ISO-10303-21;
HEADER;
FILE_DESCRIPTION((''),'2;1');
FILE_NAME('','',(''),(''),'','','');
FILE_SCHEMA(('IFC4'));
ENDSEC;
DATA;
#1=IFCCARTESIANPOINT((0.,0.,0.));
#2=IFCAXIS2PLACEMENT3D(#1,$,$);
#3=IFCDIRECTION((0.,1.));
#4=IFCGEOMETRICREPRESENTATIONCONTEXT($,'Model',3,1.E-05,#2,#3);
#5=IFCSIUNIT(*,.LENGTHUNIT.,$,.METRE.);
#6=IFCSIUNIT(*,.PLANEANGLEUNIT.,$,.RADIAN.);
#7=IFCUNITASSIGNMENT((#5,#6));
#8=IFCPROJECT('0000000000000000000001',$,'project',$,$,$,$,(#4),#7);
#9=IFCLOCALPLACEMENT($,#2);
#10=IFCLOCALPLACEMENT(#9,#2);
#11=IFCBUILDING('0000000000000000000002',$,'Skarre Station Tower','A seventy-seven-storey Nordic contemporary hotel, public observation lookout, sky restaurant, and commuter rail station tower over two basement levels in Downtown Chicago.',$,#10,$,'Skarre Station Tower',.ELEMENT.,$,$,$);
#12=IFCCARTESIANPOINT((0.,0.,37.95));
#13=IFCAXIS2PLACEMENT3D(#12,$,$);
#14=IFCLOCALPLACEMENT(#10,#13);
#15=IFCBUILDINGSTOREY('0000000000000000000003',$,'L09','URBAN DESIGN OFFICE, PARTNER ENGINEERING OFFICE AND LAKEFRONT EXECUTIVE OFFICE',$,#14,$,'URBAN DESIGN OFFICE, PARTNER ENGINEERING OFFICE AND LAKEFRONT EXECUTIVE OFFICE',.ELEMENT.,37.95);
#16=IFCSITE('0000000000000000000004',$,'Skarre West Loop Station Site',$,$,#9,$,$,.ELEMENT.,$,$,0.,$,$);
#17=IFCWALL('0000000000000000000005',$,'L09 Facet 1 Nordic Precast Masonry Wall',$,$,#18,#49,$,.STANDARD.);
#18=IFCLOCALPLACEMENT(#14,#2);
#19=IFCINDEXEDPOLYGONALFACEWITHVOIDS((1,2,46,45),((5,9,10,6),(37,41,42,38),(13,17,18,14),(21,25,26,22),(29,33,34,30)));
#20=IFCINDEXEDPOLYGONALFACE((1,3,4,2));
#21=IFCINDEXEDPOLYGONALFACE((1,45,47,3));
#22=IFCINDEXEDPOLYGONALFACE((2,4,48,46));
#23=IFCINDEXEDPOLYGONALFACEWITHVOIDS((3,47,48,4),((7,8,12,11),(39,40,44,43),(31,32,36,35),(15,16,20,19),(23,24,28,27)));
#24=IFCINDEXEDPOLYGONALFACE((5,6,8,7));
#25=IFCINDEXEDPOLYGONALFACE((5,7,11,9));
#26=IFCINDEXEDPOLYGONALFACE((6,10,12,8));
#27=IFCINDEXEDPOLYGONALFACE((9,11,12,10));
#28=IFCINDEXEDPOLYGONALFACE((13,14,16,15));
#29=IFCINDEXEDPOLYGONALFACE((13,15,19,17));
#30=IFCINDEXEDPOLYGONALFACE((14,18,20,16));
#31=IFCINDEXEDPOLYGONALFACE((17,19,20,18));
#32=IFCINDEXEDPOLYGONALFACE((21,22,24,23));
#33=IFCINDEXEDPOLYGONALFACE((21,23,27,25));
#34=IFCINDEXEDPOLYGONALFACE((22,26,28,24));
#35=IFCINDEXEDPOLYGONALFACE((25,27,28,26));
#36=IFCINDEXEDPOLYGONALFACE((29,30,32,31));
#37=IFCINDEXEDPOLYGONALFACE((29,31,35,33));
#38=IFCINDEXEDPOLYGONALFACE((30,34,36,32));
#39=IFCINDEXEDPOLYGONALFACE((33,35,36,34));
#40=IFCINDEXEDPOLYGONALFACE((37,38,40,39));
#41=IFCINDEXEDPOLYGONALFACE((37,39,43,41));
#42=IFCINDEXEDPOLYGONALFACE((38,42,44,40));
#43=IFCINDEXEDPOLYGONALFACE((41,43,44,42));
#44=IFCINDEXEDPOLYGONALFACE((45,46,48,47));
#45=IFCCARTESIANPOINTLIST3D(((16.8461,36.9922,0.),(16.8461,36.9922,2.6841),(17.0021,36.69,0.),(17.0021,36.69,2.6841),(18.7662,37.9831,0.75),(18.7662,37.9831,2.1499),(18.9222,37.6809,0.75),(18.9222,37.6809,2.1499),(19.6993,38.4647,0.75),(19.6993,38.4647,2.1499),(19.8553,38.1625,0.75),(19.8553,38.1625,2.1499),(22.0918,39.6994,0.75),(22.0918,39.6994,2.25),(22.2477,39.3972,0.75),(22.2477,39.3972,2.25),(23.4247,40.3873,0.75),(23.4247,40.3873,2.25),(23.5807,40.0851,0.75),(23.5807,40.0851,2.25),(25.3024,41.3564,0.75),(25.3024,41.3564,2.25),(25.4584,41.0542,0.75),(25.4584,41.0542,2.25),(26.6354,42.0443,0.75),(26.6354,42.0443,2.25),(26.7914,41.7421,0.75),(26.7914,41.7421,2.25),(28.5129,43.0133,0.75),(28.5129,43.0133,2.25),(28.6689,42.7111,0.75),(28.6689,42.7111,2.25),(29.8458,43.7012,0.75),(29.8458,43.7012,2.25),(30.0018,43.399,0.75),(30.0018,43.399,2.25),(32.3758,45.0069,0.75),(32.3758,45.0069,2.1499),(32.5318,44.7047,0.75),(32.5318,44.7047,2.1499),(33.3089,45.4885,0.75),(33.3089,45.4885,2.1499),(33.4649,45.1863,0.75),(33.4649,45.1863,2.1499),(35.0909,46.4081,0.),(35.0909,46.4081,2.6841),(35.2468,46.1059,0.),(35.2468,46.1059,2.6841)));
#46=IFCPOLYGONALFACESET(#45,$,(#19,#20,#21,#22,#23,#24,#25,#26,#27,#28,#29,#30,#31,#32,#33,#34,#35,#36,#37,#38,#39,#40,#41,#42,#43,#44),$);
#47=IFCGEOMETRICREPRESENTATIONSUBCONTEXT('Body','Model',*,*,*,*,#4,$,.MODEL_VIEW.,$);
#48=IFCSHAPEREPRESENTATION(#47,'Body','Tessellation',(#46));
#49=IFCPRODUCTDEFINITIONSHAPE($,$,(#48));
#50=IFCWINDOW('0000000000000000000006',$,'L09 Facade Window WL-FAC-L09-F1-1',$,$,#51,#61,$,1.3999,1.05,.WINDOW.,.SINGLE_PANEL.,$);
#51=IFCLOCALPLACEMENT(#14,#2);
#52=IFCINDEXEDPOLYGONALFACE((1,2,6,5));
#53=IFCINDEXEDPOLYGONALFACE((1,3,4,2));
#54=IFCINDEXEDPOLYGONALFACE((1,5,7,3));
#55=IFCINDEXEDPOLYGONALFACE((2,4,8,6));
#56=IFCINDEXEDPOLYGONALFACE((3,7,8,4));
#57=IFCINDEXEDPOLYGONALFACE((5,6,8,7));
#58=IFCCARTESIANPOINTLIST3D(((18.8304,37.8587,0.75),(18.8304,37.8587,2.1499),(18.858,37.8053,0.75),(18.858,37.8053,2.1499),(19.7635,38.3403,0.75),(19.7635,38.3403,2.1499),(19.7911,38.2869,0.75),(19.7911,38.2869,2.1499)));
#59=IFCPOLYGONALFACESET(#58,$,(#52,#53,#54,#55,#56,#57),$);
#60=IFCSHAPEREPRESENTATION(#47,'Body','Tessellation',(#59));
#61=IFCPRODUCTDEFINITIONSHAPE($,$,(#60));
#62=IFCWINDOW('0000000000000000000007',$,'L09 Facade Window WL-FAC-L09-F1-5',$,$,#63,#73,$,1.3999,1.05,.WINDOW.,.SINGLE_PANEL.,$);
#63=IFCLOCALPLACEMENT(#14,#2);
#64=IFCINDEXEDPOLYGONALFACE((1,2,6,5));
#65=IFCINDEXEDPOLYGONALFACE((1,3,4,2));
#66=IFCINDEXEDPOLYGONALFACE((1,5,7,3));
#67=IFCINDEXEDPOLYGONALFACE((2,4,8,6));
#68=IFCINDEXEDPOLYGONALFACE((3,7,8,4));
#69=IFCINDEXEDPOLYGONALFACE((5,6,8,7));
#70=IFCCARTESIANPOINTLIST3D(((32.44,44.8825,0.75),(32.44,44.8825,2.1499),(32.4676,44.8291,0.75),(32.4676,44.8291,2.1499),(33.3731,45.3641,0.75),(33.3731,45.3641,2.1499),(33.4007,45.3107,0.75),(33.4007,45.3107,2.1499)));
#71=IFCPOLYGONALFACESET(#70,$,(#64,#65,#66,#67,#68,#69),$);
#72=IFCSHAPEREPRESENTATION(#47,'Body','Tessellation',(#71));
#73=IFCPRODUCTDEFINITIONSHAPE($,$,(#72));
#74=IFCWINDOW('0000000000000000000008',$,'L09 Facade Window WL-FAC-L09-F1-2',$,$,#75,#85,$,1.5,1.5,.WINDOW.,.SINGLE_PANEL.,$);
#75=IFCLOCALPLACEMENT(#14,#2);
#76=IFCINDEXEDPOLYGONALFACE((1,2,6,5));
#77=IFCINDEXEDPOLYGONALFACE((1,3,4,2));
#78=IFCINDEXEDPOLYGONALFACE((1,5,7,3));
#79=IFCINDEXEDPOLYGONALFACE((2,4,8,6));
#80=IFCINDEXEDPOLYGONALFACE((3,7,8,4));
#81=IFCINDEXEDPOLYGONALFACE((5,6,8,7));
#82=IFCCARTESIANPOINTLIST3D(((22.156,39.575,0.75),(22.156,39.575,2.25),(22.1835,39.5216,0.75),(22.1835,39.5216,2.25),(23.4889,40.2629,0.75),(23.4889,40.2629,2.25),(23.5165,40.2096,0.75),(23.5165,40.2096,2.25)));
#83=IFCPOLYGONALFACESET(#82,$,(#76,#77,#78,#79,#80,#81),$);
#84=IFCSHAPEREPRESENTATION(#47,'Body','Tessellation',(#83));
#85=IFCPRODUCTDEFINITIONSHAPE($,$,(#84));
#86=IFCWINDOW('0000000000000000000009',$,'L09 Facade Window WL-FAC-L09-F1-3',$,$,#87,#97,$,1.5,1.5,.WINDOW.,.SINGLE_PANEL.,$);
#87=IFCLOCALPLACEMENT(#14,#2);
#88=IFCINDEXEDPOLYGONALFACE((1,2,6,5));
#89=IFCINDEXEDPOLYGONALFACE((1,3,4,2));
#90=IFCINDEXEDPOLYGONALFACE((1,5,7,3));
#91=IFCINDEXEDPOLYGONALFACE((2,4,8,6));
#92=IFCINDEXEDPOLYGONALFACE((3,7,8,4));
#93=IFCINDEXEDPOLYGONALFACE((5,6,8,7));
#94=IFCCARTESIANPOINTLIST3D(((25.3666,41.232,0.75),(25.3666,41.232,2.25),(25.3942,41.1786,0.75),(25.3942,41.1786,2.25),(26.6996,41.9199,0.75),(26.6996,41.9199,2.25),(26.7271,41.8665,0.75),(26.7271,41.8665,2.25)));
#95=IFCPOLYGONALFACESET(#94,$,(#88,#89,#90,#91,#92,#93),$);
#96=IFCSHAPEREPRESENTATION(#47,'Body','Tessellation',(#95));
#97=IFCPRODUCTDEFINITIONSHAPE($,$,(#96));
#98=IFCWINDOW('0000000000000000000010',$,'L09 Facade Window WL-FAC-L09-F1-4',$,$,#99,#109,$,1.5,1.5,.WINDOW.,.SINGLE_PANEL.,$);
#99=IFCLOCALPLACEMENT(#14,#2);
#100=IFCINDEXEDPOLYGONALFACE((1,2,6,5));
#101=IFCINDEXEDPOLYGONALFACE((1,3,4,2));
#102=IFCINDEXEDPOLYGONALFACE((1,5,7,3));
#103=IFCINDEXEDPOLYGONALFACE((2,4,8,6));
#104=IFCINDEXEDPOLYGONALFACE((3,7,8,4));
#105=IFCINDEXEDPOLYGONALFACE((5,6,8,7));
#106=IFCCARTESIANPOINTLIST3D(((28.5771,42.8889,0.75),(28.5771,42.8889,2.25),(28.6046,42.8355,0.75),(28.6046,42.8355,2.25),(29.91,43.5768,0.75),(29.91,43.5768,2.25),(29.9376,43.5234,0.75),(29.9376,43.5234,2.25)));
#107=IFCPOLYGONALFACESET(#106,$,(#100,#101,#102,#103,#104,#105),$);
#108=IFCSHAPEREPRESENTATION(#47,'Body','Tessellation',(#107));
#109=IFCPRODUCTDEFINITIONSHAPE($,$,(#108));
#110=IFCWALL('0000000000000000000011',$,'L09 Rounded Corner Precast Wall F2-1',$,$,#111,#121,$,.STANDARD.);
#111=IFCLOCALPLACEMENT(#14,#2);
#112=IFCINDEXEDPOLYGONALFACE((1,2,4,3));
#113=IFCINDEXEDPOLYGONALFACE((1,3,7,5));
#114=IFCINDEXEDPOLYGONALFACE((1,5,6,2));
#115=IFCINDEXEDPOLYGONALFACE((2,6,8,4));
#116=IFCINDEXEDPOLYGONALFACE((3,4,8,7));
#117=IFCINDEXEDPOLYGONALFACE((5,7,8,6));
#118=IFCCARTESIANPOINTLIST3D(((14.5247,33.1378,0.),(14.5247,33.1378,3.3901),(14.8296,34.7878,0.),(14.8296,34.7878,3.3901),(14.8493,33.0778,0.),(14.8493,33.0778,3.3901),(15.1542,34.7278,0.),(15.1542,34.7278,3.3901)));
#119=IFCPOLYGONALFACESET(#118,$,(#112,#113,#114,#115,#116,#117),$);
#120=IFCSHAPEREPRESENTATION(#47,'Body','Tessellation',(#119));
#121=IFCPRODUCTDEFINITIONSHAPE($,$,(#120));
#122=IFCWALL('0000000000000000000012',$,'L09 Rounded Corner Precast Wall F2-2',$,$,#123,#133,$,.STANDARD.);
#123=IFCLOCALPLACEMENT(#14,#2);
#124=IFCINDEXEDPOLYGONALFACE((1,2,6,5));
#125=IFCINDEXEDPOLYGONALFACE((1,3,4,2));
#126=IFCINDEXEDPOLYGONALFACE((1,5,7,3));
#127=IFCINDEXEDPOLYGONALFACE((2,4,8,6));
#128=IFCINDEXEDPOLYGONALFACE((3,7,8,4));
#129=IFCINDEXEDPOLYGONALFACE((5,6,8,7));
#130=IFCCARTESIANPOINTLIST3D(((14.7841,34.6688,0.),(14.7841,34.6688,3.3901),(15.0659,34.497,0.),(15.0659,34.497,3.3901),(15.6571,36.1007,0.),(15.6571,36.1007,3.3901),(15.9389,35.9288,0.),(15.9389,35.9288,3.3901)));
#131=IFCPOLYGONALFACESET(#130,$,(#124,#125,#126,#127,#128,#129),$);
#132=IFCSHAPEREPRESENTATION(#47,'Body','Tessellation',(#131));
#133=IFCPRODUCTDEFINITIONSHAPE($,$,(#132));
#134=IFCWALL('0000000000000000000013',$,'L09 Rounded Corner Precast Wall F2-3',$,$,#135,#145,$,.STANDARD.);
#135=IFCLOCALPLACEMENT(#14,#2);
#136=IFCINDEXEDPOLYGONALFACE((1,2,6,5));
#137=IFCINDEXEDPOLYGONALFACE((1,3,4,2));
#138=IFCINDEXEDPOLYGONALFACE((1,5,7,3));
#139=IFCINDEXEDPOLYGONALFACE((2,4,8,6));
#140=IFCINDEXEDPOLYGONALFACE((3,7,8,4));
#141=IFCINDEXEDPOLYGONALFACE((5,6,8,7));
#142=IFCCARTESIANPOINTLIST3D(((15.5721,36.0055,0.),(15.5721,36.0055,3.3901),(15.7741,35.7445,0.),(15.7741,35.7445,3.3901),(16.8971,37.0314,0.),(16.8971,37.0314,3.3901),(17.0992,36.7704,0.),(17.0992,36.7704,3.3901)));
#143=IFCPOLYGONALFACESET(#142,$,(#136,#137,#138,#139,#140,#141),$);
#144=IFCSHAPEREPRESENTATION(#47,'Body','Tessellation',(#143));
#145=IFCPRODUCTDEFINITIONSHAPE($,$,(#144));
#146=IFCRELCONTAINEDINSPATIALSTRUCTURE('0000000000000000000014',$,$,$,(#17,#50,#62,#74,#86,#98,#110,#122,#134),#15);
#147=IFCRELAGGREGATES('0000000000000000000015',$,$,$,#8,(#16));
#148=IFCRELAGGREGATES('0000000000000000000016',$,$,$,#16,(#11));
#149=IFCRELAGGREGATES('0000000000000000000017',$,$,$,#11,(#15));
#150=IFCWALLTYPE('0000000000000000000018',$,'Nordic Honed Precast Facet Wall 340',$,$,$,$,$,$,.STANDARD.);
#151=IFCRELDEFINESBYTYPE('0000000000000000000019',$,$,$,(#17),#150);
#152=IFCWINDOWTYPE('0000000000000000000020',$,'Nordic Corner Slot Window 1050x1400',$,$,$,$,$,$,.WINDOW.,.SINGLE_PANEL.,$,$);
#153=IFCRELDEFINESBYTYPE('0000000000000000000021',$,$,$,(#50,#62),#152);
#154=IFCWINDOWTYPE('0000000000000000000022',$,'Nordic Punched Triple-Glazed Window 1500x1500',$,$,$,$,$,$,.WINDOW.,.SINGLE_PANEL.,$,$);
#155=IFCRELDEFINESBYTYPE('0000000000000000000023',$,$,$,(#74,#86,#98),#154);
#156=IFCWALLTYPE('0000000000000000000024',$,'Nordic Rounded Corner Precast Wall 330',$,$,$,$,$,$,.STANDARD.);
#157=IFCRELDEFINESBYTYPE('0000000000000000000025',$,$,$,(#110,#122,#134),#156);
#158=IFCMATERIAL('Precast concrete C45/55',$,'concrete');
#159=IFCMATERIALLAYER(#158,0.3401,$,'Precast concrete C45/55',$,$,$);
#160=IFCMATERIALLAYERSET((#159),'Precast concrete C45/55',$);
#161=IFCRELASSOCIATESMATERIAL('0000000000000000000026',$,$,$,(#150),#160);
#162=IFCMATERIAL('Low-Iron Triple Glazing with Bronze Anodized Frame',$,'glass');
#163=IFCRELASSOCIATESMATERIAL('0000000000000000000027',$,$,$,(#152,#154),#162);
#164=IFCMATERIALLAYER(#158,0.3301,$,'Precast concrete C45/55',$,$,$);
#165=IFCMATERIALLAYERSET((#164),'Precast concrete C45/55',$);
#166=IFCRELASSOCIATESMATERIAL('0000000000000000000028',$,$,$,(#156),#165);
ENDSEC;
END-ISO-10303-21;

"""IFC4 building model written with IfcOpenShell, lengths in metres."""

from ifc_helpers import new_model, si_unit, direction, frame, frame_2d, origin, place, context, subcontext, project, spatial, rectangle, extrude, material, layer, layer_set, type_object, element, fill, save


model = new_model("IFC4")

# Units and contexts
model_context = context("Model", 3, precision=1e-05, world=origin(), true_north=direction((0.0, 1.0)))
body_context = subcontext(model_context, "Body", "Model", "MODEL_VIEW")
ifc_project = project(units=[si_unit("LENGTHUNIT", "METRE"), si_unit("PLANEANGLEUNIT", "RADIAN")], contexts=[model_context])

# Site, building, storey
site_placement = place(None, origin())
site = spatial("IfcSite", under=ifc_project, at=site_placement, Name="Skarre West Loop Station Site", CompositionType="ELEMENT", RefElevation=0.0)
building_placement = place(site_placement, origin())
building = spatial("IfcBuilding", under=site, at=building_placement, Name="Skarre Station Tower", Description="A seventy-seven-storey Nordic contemporary hotel, public observation lookout, sky restaurant, and commuter rail station tower over two basement levels in Downtown Chicago.", LongName="Skarre Station Tower", CompositionType="ELEMENT")
storey_placement = place(building_placement, frame((0.0, 0.0, 37.95)))
storey = spatial("IfcBuildingStorey", under=building, at=storey_placement, Name="L09", Description="URBAN DESIGN OFFICE, PARTNER ENGINEERING OFFICE AND LAKEFRONT EXECUTIVE OFFICE", LongName="URBAN DESIGN OFFICE, PARTNER ENGINEERING OFFICE AND LAKEFRONT EXECUTIVE OFFICE", CompositionType="ELEMENT", Elevation=37.95)

# Wall, openings, windows
ifc_material_1 = material(Name="Precast concrete C45/55", Category="concrete")
ifc_layer_1 = layer(ifc_material_1, 0.3401, Name="Precast concrete C45/55")
ifc_layer_set_1 = layer_set([ifc_layer_1], Name="Precast concrete C45/55")
wall_type_1 = type_object("IfcWallType", Name="Nordic Honed Precast Facet Wall 340", PredefinedType="STANDARD", material=ifc_layer_set_1)
wall_1_placement = place(storey_placement, frame((16.9241, 36.8411, 0.0), z_axis=(0.0, 0.0, 1.0), x_axis=(0.888634, 0.458616, 0.0)))
wall_1 = element("IfcWall", 1, at=wall_1_placement, inside=storey, type_object=wall_type_1, Name="L09 Facet 1 Nordic Precast Masonry Wall", PredefinedType="STANDARD", context=body_context, shape_type="SweptSolid", body=[
    extrude(rectangle(XDim=20.5312, YDim=0.3401, at=frame_2d((10.2656, 0.0))), origin(), (0.0, 0.0, 1.0), 2.6841),
])
opening_1_placement = place(wall_1_placement, frame((2.1609, 0.0, 0.75)))
opening_1 = element("IfcOpeningElement", 2, at=opening_1_placement, cuts=wall_1, PredefinedType="OPENING", context=body_context, shape_type="SweptSolid", body=[
    extrude(rectangle(XDim=1.05, YDim=1.3999, at=frame_2d((0.5249, 0.7))), frame((0.0, 0.1799, 0.0), z_axis=(0.0, -1.0, 0.0), x_axis=(1.0, 0.0, 0.0)), (0.0, 0.0, 1.0), 0.3601),
])
opening_2_placement = place(wall_1_placement, frame((5.9031, 0.0, 0.75)))
opening_2 = element("IfcOpeningElement", 3, at=opening_2_placement, cuts=wall_1, PredefinedType="OPENING", context=body_context, shape_type="SweptSolid", body=[
    extrude(rectangle(XDim=1.5, YDim=1.5, at=frame_2d((0.75, 0.75))), frame((0.0, 0.1799, 0.0), z_axis=(0.0, -1.0, 0.0), x_axis=(1.0, 0.0, 0.0)), (0.0, 0.0, 1.0), 0.3601),
])
opening_3_placement = place(wall_1_placement, frame((9.5161, 0.0, 0.75)))
opening_3 = element("IfcOpeningElement", 4, at=opening_3_placement, cuts=wall_1, PredefinedType="OPENING", context=body_context, shape_type="SweptSolid", body=[
    extrude(rectangle(XDim=1.5, YDim=1.5, at=frame_2d((0.75, 0.75))), frame((0.0, 0.1799, 0.0), z_axis=(0.0, -1.0, 0.0), x_axis=(1.0, 0.0, 0.0)), (0.0, 0.0, 1.0), 0.3601),
])
opening_4_placement = place(wall_1_placement, frame((13.1289, 0.0, 0.75)))
opening_4 = element("IfcOpeningElement", 5, at=opening_4_placement, cuts=wall_1, PredefinedType="OPENING", context=body_context, shape_type="SweptSolid", body=[
    extrude(rectangle(XDim=1.5, YDim=1.5, at=frame_2d((0.75, 0.75))), frame((0.0, 0.1799, 0.0), z_axis=(0.0, -1.0, 0.0), x_axis=(1.0, 0.0, 0.0)), (0.0, 0.0, 1.0), 0.3601),
])
opening_5_placement = place(wall_1_placement, frame((17.4761, 0.0, 0.75)))
opening_5 = element("IfcOpeningElement", 6, at=opening_5_placement, cuts=wall_1, PredefinedType="OPENING", context=body_context, shape_type="SweptSolid", body=[
    extrude(rectangle(XDim=1.05, YDim=1.3999, at=frame_2d((0.5249, 0.7))), frame((0.0, 0.1799, 0.0), z_axis=(0.0, -1.0, 0.0), x_axis=(1.0, 0.0, 0.0)), (0.0, 0.0, 1.0), 0.3601),
])
ifc_material_2 = material(Name="Low-Iron Triple Glazing with Bronze Anodized Frame", Category="glass")
window_type_1 = type_object("IfcWindowType", Name="Nordic Corner Slot Window 1050x1400", PartitioningType="SINGLE_PANEL", PredefinedType="WINDOW", material=ifc_material_2)
window_1_placement = place(opening_1_placement, origin())
window_1 = element("IfcWindow", 7, at=window_1_placement, inside=storey, type_object=window_type_1, Name="L09 Facade Window WL-FAC-L09-F1-1", OverallHeight=1.3999, OverallWidth=1.05, PartitioningType="SINGLE_PANEL", PredefinedType="WINDOW", context=body_context, shape_type="SweptSolid", body=[
    extrude(rectangle(XDim=1.05, YDim=1.3999, at=frame_2d((0.5249, 0.7))), frame((0.0, 0.03, 0.0), z_axis=(0.0, -1.0, 0.0), x_axis=(1.0, 0.0, 0.0)), (0.0, 0.0, 1.0), 0.0601),
])
fill(opening_1, window_1)
window_2_placement = place(opening_5_placement, origin())
window_2 = element("IfcWindow", 8, at=window_2_placement, inside=storey, type_object=window_type_1, Name="L09 Facade Window WL-FAC-L09-F1-5", OverallHeight=1.3999, OverallWidth=1.05, PartitioningType="SINGLE_PANEL", PredefinedType="WINDOW", context=body_context, shape_type="SweptSolid", body=[
    extrude(rectangle(XDim=1.05, YDim=1.3999, at=frame_2d((0.5249, 0.7))), frame((0.0, 0.03, 0.0), z_axis=(0.0, -1.0, 0.0), x_axis=(1.0, 0.0, 0.0)), (0.0, 0.0, 1.0), 0.0601),
])
fill(opening_5, window_2)
window_type_2 = type_object("IfcWindowType", Name="Nordic Punched Triple-Glazed Window 1500x1500", PartitioningType="SINGLE_PANEL", PredefinedType="WINDOW", material=ifc_material_2)
window_3_placement = place(opening_2_placement, origin())
window_3 = element("IfcWindow", 9, at=window_3_placement, inside=storey, type_object=window_type_2, Name="L09 Facade Window WL-FAC-L09-F1-2", OverallHeight=1.5, OverallWidth=1.5, PartitioningType="SINGLE_PANEL", PredefinedType="WINDOW", context=body_context, shape_type="SweptSolid", body=[
    extrude(rectangle(XDim=1.5, YDim=1.5, at=frame_2d((0.75, 0.75))), frame((0.0, 0.03, 0.0), z_axis=(0.0, -1.0, 0.0), x_axis=(1.0, 0.0, 0.0)), (0.0, 0.0, 1.0), 0.0601),
])
fill(opening_2, window_3)
window_4_placement = place(opening_3_placement, origin())
window_4 = element("IfcWindow", 10, at=window_4_placement, inside=storey, type_object=window_type_2, Name="L09 Facade Window WL-FAC-L09-F1-3", OverallHeight=1.5, OverallWidth=1.5, PartitioningType="SINGLE_PANEL", PredefinedType="WINDOW", context=body_context, shape_type="SweptSolid", body=[
    extrude(rectangle(XDim=1.5, YDim=1.5, at=frame_2d((0.75, 0.75))), frame((0.0, 0.03, 0.0), z_axis=(0.0, -1.0, 0.0), x_axis=(1.0, 0.0, 0.0)), (0.0, 0.0, 1.0), 0.0601),
])
fill(opening_3, window_4)
window_5_placement = place(opening_4_placement, origin())
window_5 = element("IfcWindow", 11, at=window_5_placement, inside=storey, type_object=window_type_2, Name="L09 Facade Window WL-FAC-L09-F1-4", OverallHeight=1.5, OverallWidth=1.5, PartitioningType="SINGLE_PANEL", PredefinedType="WINDOW", context=body_context, shape_type="SweptSolid", body=[
    extrude(rectangle(XDim=1.5, YDim=1.5, at=frame_2d((0.75, 0.75))), frame((0.0, 0.03, 0.0), z_axis=(0.0, -1.0, 0.0), x_axis=(1.0, 0.0, 0.0)), (0.0, 0.0, 1.0), 0.0601),
])
fill(opening_4, window_5)

# Walls
ifc_layer_2 = layer(ifc_material_1, 0.3301, Name="Precast concrete C45/55")
ifc_layer_set_2 = layer_set([ifc_layer_2], Name="Precast concrete C45/55")
wall_type_2 = type_object("IfcWallType", Name="Nordic Rounded Corner Precast Wall 330", PredefinedType="STANDARD", material=ifc_layer_set_2)
wall_2_placement = place(storey_placement, frame((14.687, 33.1079, 0.0), z_axis=(0.0, 0.0, 1.0), x_axis=(0.181714, 0.983351, 0.0)))
element("IfcWall", 12, at=wall_2_placement, inside=storey, type_object=wall_type_2, Name="L09 Rounded Corner Precast Wall F2-1", PredefinedType="STANDARD", context=body_context, shape_type="SweptSolid", body=[
    extrude(rectangle(XDim=1.678, YDim=0.3301, at=frame_2d((0.8389, 0.0))), origin(), (0.0, 0.0, 1.0), 3.3901),
])
wall_3_placement = place(storey_placement, frame((14.925, 34.583, 0.0), z_axis=(0.0, 0.0, 1.0), x_axis=(0.520584, 0.85381, 0.0)))
element("IfcWall", 13, at=wall_3_placement, inside=storey, type_object=wall_type_2, Name="L09 Rounded Corner Precast Wall F2-2", PredefinedType="STANDARD", context=body_context, shape_type="SweptSolid", body=[
    extrude(rectangle(XDim=1.677, YDim=0.3301, at=frame_2d((0.8384, 0.0))), origin(), (0.0, 0.0, 1.0), 3.3901),
])
wall_4_placement = place(storey_placement, frame((15.6731, 35.875, 0.0), z_axis=(0.0, 0.0, 1.0), x_axis=(0.790692, 0.612214, 0.0)))
element("IfcWall", 14, at=wall_4_placement, inside=storey, type_object=wall_type_2, Name="L09 Rounded Corner Precast Wall F2-3", PredefinedType="STANDARD", context=body_context, shape_type="SweptSolid", body=[
    extrude(rectangle(XDim=1.6758, YDim=0.3301, at=frame_2d((0.8379, 0.0))), origin(), (0.0, 0.0, 1.0), 3.3901),
])

save(model, "model.ifc")
